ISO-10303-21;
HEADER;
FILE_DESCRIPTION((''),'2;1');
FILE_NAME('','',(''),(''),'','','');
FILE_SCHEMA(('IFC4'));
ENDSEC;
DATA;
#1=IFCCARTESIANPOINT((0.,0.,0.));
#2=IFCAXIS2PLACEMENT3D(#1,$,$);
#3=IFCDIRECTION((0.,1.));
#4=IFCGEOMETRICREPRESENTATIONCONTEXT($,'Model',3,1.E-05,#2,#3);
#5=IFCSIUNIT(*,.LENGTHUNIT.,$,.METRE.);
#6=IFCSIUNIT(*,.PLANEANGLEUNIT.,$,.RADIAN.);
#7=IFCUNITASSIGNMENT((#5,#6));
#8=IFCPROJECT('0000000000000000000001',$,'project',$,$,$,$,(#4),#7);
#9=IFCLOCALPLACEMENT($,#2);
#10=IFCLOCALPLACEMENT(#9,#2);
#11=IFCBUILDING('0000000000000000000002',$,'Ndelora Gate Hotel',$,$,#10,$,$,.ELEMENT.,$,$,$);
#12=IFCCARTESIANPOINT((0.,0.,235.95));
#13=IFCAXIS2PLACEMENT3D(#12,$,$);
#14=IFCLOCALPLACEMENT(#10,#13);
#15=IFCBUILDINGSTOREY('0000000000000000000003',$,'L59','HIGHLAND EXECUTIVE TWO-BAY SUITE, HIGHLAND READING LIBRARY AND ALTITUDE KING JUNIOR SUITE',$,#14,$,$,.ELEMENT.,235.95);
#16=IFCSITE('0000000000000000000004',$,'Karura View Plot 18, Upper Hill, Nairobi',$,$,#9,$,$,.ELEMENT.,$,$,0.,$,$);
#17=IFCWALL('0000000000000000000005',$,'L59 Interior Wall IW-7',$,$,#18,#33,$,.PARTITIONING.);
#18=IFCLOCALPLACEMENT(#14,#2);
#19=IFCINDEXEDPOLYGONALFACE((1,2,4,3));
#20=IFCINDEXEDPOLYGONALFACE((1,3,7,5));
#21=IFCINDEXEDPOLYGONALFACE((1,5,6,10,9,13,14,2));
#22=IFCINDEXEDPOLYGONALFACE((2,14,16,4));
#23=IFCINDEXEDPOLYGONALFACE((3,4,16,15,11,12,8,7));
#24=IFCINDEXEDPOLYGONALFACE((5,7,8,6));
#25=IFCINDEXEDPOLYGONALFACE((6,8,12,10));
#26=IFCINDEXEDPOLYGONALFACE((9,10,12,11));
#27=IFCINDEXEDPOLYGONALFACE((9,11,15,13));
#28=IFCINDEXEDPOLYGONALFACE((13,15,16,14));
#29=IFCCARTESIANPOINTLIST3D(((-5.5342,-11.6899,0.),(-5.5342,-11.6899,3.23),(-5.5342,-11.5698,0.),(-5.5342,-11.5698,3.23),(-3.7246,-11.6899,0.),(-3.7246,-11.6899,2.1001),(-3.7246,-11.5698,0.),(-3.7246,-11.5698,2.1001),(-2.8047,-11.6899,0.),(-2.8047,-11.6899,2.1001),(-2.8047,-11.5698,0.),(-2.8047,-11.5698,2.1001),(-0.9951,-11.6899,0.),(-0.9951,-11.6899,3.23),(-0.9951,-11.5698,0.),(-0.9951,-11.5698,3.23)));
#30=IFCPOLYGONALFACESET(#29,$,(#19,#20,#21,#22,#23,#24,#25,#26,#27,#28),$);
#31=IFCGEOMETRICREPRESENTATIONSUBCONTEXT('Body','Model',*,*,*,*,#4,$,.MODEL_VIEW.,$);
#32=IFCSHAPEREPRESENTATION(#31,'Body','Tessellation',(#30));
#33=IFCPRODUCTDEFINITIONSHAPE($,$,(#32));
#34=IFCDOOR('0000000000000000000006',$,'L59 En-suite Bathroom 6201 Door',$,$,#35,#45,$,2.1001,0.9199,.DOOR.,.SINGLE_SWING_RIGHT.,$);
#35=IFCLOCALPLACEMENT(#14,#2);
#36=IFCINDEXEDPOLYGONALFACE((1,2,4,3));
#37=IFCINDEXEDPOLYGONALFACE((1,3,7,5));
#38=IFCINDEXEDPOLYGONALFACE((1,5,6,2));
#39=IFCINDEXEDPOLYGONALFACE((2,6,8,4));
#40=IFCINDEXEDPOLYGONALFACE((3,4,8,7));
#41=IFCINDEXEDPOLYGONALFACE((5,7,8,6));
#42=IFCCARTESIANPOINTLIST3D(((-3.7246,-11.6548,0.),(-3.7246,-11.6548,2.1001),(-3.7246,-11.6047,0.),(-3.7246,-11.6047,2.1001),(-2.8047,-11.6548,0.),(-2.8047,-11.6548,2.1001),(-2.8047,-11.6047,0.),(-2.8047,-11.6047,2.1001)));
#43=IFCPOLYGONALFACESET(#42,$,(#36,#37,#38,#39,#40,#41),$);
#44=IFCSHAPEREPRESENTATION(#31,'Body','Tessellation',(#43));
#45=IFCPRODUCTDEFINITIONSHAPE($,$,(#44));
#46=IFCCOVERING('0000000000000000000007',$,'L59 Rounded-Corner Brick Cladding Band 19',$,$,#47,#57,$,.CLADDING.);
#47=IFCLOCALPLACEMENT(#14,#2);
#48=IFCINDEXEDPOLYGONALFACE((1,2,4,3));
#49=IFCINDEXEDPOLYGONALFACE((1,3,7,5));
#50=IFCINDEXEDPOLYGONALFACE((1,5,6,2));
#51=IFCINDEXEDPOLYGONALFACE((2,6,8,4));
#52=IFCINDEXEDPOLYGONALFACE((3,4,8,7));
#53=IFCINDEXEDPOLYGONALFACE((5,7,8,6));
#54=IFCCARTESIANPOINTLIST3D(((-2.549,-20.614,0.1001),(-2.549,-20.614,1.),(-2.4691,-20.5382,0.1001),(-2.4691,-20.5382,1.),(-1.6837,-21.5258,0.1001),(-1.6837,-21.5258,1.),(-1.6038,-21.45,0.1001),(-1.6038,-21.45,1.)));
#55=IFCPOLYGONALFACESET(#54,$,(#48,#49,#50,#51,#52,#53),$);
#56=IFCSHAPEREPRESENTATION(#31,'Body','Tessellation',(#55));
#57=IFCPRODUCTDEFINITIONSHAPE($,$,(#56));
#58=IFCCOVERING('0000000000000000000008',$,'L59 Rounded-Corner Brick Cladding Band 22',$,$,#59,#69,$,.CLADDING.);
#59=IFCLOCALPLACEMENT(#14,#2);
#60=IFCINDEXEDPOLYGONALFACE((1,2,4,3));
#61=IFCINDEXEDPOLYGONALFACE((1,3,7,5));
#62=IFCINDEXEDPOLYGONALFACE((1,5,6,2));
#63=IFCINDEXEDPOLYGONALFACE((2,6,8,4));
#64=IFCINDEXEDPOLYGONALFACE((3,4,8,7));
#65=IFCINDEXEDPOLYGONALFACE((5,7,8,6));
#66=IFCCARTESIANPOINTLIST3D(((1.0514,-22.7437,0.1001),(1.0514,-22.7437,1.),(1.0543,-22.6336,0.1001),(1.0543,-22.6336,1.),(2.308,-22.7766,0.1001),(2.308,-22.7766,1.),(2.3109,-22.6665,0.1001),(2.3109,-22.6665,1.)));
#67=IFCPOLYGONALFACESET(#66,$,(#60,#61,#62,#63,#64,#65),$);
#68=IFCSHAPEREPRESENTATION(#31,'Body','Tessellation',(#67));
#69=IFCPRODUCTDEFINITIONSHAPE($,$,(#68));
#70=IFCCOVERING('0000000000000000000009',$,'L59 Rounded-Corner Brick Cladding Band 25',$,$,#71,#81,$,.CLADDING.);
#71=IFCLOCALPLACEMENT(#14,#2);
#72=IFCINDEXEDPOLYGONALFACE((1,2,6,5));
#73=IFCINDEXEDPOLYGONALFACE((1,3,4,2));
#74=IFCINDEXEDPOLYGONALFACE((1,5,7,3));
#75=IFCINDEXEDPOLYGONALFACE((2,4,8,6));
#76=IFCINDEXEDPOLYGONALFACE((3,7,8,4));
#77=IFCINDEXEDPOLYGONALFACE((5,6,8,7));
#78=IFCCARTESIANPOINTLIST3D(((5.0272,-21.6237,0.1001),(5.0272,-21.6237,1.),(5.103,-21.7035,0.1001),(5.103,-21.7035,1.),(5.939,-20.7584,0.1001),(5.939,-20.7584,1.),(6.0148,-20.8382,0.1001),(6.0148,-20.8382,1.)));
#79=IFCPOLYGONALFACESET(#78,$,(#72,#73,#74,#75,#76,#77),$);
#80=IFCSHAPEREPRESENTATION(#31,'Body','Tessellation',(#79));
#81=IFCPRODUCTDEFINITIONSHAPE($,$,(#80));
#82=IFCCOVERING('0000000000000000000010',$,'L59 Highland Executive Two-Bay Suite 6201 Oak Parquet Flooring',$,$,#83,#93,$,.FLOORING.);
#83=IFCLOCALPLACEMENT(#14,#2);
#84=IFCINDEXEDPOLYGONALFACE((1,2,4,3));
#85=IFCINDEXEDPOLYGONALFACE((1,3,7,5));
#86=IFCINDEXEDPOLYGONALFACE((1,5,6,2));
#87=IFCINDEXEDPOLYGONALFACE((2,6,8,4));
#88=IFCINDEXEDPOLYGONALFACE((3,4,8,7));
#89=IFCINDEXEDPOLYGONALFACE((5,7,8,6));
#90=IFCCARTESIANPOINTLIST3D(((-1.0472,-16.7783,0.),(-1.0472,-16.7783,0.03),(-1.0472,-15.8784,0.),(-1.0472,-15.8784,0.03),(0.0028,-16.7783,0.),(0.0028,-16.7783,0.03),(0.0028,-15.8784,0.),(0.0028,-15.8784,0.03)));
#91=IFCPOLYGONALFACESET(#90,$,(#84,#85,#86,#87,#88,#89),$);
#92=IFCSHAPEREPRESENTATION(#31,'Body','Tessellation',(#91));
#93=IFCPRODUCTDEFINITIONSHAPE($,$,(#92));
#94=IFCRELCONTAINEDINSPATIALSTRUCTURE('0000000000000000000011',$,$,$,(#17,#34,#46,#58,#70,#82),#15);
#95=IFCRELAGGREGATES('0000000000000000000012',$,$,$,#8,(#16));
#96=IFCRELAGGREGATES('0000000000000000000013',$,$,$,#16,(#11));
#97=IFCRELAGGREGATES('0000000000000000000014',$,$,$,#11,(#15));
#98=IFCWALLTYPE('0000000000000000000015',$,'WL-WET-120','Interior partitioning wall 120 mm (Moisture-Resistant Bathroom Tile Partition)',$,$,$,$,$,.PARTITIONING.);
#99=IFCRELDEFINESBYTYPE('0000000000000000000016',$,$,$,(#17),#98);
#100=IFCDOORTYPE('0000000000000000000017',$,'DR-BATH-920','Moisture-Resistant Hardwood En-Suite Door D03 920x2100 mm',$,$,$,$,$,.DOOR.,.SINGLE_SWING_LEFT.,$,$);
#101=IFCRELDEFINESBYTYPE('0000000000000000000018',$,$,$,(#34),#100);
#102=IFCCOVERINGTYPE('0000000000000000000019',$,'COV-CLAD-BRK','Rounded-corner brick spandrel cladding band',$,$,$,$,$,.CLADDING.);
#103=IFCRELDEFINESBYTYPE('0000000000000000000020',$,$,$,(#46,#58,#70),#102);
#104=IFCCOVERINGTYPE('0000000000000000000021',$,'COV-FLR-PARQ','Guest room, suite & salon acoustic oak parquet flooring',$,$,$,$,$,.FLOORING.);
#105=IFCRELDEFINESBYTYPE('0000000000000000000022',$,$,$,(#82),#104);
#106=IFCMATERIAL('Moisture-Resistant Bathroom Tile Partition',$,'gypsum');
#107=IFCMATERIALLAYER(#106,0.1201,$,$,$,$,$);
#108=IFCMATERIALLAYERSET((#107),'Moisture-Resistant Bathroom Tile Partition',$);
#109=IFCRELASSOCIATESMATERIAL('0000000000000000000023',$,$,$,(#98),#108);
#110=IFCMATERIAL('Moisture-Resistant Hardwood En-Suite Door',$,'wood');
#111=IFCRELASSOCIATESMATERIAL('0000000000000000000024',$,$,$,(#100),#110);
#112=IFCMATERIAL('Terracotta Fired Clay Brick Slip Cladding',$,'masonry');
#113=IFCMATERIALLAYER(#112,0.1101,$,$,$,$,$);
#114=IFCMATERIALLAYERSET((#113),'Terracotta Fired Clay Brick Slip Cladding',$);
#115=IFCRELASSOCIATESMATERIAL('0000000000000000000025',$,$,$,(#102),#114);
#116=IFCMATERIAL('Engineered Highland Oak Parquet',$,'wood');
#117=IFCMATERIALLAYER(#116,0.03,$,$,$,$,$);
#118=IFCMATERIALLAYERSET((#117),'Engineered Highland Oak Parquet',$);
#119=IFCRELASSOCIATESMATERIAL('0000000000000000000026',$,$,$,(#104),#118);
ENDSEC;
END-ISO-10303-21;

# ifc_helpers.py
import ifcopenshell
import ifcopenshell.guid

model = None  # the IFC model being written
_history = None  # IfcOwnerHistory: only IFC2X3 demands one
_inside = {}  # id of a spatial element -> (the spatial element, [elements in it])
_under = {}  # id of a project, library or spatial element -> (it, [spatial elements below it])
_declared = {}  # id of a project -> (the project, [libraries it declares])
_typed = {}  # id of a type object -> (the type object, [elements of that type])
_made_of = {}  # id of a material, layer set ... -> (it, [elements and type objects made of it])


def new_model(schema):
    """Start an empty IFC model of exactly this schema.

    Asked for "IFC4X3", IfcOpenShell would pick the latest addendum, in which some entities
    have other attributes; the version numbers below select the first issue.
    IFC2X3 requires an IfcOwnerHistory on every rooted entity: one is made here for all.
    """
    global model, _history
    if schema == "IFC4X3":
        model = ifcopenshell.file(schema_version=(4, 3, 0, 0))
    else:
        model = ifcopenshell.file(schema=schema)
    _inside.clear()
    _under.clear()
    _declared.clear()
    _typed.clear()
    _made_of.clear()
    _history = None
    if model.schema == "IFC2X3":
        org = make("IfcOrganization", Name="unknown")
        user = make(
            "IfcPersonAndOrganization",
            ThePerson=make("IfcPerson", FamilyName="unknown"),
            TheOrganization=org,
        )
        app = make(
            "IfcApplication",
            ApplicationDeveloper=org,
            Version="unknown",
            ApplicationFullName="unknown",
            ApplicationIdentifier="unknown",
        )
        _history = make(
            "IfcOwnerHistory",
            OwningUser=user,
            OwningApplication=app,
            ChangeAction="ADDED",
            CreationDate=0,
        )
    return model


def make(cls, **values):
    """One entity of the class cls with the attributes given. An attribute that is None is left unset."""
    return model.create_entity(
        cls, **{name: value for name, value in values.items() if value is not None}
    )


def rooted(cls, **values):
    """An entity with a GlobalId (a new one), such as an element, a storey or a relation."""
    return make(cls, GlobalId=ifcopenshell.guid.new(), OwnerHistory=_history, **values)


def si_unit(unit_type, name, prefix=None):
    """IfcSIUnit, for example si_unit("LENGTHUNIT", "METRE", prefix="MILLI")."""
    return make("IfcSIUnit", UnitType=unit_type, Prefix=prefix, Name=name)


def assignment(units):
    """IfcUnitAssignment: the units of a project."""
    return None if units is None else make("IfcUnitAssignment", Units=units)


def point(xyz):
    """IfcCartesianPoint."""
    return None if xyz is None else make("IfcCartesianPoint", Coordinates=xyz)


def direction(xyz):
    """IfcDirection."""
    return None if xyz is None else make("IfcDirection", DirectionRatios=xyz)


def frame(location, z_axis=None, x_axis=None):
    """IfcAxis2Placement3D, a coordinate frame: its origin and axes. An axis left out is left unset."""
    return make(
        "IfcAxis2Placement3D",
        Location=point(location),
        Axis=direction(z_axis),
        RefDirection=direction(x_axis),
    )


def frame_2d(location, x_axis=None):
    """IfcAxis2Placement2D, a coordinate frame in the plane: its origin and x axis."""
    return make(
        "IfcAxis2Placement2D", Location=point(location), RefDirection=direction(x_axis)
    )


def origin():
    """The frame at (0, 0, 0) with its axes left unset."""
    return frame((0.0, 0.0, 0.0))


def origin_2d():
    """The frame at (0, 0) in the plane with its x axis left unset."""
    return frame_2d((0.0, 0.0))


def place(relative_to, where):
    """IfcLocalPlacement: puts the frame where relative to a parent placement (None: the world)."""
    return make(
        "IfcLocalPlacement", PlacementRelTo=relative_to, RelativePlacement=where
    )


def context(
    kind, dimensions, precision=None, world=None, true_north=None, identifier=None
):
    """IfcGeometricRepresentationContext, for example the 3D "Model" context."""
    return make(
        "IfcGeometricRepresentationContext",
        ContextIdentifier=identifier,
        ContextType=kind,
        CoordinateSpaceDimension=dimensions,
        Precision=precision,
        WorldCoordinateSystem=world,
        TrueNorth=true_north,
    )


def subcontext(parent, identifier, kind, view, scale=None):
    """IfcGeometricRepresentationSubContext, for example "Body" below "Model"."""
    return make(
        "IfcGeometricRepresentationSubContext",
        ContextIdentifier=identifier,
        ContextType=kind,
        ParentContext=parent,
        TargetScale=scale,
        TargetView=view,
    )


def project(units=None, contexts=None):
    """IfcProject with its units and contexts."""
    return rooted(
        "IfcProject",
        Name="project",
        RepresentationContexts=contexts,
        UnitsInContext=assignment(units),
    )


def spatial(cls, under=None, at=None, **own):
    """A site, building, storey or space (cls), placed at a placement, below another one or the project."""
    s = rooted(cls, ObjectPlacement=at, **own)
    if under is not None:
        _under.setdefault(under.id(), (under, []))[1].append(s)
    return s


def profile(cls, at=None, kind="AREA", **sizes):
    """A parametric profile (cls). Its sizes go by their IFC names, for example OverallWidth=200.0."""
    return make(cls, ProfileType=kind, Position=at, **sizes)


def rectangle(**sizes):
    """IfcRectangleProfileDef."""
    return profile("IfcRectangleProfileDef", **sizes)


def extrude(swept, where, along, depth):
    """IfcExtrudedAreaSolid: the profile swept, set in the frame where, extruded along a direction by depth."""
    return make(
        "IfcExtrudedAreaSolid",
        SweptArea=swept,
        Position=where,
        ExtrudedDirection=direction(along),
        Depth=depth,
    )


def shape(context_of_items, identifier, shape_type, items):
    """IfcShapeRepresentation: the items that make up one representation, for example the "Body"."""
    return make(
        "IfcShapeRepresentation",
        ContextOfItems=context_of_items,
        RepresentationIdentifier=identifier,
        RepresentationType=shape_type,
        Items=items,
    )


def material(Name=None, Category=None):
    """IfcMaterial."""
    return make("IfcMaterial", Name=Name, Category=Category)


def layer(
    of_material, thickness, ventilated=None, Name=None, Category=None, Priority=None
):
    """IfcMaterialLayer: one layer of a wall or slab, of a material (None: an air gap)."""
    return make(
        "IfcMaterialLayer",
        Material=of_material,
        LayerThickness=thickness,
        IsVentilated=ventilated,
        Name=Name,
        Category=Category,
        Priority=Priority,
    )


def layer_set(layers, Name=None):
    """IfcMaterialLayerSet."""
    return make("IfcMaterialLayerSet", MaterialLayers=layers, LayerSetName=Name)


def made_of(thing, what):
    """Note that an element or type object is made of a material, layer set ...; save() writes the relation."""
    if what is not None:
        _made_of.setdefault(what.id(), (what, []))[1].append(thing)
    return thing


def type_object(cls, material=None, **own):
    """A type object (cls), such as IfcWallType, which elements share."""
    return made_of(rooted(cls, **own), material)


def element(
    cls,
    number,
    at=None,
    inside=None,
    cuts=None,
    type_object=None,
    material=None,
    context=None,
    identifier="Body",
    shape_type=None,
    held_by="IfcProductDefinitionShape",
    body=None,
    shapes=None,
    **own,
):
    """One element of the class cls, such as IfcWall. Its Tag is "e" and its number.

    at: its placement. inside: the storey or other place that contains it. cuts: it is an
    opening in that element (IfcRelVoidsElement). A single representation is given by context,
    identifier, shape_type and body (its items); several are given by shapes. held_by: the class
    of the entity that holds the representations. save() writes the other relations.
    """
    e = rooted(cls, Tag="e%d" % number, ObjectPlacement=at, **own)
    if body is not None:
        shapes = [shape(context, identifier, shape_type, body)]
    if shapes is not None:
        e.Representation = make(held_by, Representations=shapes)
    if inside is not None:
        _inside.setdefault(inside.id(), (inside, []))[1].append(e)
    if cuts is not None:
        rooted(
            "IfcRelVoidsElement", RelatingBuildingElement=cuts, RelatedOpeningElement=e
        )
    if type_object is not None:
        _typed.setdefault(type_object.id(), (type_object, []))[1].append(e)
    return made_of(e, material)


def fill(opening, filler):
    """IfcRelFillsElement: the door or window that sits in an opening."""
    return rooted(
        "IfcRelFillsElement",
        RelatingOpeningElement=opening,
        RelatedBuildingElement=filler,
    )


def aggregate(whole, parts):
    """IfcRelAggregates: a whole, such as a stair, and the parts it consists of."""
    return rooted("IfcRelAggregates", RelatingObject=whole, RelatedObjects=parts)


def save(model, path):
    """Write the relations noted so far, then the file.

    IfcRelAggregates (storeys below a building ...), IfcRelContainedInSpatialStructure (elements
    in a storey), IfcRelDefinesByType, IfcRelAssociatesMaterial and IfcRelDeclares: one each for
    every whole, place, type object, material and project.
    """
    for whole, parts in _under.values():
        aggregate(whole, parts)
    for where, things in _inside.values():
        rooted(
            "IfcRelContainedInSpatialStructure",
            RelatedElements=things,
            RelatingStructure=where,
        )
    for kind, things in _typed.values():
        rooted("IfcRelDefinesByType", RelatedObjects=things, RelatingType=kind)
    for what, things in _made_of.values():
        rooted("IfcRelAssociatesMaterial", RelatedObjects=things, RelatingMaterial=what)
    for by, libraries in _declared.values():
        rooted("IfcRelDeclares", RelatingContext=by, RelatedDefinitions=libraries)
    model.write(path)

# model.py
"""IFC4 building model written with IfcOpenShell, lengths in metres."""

from ifc_helpers import new_model, si_unit, direction, frame, frame_2d, origin, origin_2d, place, context, subcontext, project, spatial, rectangle, extrude, material, layer, layer_set, type_object, element, fill, save


model = new_model("IFC4")

# Units and contexts
model_context = context("Model", 3, precision=1e-05, world=origin(), true_north=direction((0.0, 1.0)))
body_context = subcontext(model_context, "Body", "Model", "MODEL_VIEW")
ifc_project = project(units=[si_unit("LENGTHUNIT", "METRE"), si_unit("PLANEANGLEUNIT", "RADIAN")], contexts=[model_context])

# Site, building, storey
site_placement = place(None, origin())
site = spatial("IfcSite", under=ifc_project, at=site_placement, Name="Karura View Plot 18, Upper Hill, Nairobi", CompositionType="ELEMENT", RefElevation=0.0)
building_placement = place(site_placement, origin())
building = spatial("IfcBuilding", under=site, at=building_placement, Name="Ndelora Gate Hotel", CompositionType="ELEMENT")
storey_placement = place(building_placement, frame((0.0, 0.0, 235.95)))
storey = spatial("IfcBuildingStorey", under=building, at=storey_placement, Name="L59", Description="HIGHLAND EXECUTIVE TWO-BAY SUITE, HIGHLAND READING LIBRARY AND ALTITUDE KING JUNIOR SUITE", CompositionType="ELEMENT", Elevation=235.95)

# Shared definitions
ifc_material_1 = material(Name="Moisture-Resistant Bathroom Tile Partition", Category="gypsum")
ifc_layer_1 = layer(ifc_material_1, 0.1201)
ifc_layer_set_1 = layer_set([ifc_layer_1], Name="Moisture-Resistant Bathroom Tile Partition")
wall_type_1 = type_object("IfcWallType", Name="WL-WET-120", Description="Interior partitioning wall 120 mm (Moisture-Resistant Bathroom Tile Partition)", PredefinedType="PARTITIONING", material=ifc_layer_set_1)

# Wall, opening, door
wall_1_placement = place(storey_placement, frame((-0.9951, -11.6299, 0.0), z_axis=(0.0, 0.0, 1.0), x_axis=(-1.0, 0.0, 0.0)))
wall_1 = element("IfcWall", 1, at=wall_1_placement, inside=storey, type_object=wall_type_1, Name="L59 Interior Wall IW-7", PredefinedType="PARTITIONING", context=body_context, shape_type="SweptSolid", body=[
    extrude(rectangle(XDim=4.5391, YDim=0.1201, at=frame_2d((2.2695, 0.0))), origin(), (0.0, 0.0, 1.0), 3.23),
])
opening_placement = place(wall_1_placement, frame((1.8096, 0.0, 0.0)))
opening = element("IfcOpeningElement", 2, at=opening_placement, cuts=wall_1, PredefinedType="OPENING", context=body_context, shape_type="SweptSolid", body=[
    extrude(rectangle(XDim=0.9199, YDim=2.1001, at=frame_2d((0.46, 1.05))), frame((0.0, 0.0701, 0.0), z_axis=(0.0, -1.0, 0.0), x_axis=(1.0, 0.0, 0.0)), (0.0, 0.0, 1.0), 0.1401),
])
ifc_material_2 = material(Name="Moisture-Resistant Hardwood En-Suite Door", Category="wood")
door_type = type_object("IfcDoorType", Name="DR-BATH-920", Description="Moisture-Resistant Hardwood En-Suite Door D03 920x2100 mm", OperationType="SINGLE_SWING_LEFT", PredefinedType="DOOR", material=ifc_material_2)
door_placement = place(opening_placement, origin())
door = element("IfcDoor", 3, at=door_placement, inside=storey, type_object=door_type, Name="L59 En-suite Bathroom 6201 Door", OperationType="SINGLE_SWING_RIGHT", OverallHeight=2.1001, OverallWidth=0.9199, PredefinedType="DOOR", context=body_context, shape_type="SweptSolid", body=[
    extrude(rectangle(XDim=0.9199, YDim=2.1001, at=frame_2d((0.46, 1.05))), frame((0.0, 0.0249, 0.0), z_axis=(0.0, -1.0, 0.0), x_axis=(1.0, 0.0, 0.0)), (0.0, 0.0, 1.0), 0.05),
])
fill(opening, door)

# Coverings
ifc_material_3 = material(Name="Terracotta Fired Clay Brick Slip Cladding", Category="masonry")
ifc_layer_2 = layer(ifc_material_3, 0.1101)
ifc_layer_set_2 = layer_set([ifc_layer_2], Name="Terracotta Fired Clay Brick Slip Cladding")
covering_type_1 = type_object("IfcCoveringType", Name="COV-CLAD-BRK", Description="Rounded-corner brick spandrel cladding band", PredefinedType="CLADDING", material=ifc_layer_set_2)
for number, where, z_axis, x_axis, name in (
    (4, (-2.0764, -21.032, 0.1001), (0.0, 0.0, 1.0), (-0.688355, 0.725374, 0.0), "L59 Rounded-Corner Brick Cladding Band 19"),
    (5, (1.6812, -22.7051, 0.1001), (0.0, 0.0, 1.0), (-0.999657, 0.026177, 0.0), "L59 Rounded-Corner Brick Cladding Band 22"),
    (6, (5.521, -21.231, 0.1001), (0.0, 0.0, 1.0), (0.725374, 0.688355, 0.0), "L59 Rounded-Corner Brick Cladding Band 25"),
):
    element("IfcCovering", number, at=place(storey_placement, frame(where, z_axis=z_axis, x_axis=x_axis)), inside=storey, type_object=covering_type_1, Name=name, PredefinedType="CLADDING", context=body_context, shape_type="SweptSolid", body=[
        extrude(rectangle(XDim=1.2571, YDim=0.1101, at=origin_2d()), origin(), (0.0, 0.0, 1.0), 0.8999),
    ])
ifc_material_4 = material(Name="Engineered Highland Oak Parquet", Category="wood")
ifc_layer_3 = layer(ifc_material_4, 0.03)
ifc_layer_set_3 = layer_set([ifc_layer_3], Name="Engineered Highland Oak Parquet")
covering_type_2 = type_object("IfcCoveringType", Name="COV-FLR-PARQ", Description="Guest room, suite & salon acoustic oak parquet flooring", PredefinedType="FLOORING", material=ifc_layer_set_3)
covering_placement = place(storey_placement, frame((-0.5222, -16.3284, 0.0), z_axis=(0.0, 0.0, 1.0), x_axis=(1.0, 0.0, 0.0)))
element("IfcCovering", 7, at=covering_placement, inside=storey, type_object=covering_type_2, Name="L59 Highland Executive Two-Bay Suite 6201 Oak Parquet Flooring", PredefinedType="FLOORING", context=body_context, shape_type="SweptSolid", body=[
    extrude(rectangle(XDim=1.05, YDim=0.8999, at=origin_2d()), origin(), (0.0, 0.0, 1.0), 0.03),
])

save(model, "model.ifc")
